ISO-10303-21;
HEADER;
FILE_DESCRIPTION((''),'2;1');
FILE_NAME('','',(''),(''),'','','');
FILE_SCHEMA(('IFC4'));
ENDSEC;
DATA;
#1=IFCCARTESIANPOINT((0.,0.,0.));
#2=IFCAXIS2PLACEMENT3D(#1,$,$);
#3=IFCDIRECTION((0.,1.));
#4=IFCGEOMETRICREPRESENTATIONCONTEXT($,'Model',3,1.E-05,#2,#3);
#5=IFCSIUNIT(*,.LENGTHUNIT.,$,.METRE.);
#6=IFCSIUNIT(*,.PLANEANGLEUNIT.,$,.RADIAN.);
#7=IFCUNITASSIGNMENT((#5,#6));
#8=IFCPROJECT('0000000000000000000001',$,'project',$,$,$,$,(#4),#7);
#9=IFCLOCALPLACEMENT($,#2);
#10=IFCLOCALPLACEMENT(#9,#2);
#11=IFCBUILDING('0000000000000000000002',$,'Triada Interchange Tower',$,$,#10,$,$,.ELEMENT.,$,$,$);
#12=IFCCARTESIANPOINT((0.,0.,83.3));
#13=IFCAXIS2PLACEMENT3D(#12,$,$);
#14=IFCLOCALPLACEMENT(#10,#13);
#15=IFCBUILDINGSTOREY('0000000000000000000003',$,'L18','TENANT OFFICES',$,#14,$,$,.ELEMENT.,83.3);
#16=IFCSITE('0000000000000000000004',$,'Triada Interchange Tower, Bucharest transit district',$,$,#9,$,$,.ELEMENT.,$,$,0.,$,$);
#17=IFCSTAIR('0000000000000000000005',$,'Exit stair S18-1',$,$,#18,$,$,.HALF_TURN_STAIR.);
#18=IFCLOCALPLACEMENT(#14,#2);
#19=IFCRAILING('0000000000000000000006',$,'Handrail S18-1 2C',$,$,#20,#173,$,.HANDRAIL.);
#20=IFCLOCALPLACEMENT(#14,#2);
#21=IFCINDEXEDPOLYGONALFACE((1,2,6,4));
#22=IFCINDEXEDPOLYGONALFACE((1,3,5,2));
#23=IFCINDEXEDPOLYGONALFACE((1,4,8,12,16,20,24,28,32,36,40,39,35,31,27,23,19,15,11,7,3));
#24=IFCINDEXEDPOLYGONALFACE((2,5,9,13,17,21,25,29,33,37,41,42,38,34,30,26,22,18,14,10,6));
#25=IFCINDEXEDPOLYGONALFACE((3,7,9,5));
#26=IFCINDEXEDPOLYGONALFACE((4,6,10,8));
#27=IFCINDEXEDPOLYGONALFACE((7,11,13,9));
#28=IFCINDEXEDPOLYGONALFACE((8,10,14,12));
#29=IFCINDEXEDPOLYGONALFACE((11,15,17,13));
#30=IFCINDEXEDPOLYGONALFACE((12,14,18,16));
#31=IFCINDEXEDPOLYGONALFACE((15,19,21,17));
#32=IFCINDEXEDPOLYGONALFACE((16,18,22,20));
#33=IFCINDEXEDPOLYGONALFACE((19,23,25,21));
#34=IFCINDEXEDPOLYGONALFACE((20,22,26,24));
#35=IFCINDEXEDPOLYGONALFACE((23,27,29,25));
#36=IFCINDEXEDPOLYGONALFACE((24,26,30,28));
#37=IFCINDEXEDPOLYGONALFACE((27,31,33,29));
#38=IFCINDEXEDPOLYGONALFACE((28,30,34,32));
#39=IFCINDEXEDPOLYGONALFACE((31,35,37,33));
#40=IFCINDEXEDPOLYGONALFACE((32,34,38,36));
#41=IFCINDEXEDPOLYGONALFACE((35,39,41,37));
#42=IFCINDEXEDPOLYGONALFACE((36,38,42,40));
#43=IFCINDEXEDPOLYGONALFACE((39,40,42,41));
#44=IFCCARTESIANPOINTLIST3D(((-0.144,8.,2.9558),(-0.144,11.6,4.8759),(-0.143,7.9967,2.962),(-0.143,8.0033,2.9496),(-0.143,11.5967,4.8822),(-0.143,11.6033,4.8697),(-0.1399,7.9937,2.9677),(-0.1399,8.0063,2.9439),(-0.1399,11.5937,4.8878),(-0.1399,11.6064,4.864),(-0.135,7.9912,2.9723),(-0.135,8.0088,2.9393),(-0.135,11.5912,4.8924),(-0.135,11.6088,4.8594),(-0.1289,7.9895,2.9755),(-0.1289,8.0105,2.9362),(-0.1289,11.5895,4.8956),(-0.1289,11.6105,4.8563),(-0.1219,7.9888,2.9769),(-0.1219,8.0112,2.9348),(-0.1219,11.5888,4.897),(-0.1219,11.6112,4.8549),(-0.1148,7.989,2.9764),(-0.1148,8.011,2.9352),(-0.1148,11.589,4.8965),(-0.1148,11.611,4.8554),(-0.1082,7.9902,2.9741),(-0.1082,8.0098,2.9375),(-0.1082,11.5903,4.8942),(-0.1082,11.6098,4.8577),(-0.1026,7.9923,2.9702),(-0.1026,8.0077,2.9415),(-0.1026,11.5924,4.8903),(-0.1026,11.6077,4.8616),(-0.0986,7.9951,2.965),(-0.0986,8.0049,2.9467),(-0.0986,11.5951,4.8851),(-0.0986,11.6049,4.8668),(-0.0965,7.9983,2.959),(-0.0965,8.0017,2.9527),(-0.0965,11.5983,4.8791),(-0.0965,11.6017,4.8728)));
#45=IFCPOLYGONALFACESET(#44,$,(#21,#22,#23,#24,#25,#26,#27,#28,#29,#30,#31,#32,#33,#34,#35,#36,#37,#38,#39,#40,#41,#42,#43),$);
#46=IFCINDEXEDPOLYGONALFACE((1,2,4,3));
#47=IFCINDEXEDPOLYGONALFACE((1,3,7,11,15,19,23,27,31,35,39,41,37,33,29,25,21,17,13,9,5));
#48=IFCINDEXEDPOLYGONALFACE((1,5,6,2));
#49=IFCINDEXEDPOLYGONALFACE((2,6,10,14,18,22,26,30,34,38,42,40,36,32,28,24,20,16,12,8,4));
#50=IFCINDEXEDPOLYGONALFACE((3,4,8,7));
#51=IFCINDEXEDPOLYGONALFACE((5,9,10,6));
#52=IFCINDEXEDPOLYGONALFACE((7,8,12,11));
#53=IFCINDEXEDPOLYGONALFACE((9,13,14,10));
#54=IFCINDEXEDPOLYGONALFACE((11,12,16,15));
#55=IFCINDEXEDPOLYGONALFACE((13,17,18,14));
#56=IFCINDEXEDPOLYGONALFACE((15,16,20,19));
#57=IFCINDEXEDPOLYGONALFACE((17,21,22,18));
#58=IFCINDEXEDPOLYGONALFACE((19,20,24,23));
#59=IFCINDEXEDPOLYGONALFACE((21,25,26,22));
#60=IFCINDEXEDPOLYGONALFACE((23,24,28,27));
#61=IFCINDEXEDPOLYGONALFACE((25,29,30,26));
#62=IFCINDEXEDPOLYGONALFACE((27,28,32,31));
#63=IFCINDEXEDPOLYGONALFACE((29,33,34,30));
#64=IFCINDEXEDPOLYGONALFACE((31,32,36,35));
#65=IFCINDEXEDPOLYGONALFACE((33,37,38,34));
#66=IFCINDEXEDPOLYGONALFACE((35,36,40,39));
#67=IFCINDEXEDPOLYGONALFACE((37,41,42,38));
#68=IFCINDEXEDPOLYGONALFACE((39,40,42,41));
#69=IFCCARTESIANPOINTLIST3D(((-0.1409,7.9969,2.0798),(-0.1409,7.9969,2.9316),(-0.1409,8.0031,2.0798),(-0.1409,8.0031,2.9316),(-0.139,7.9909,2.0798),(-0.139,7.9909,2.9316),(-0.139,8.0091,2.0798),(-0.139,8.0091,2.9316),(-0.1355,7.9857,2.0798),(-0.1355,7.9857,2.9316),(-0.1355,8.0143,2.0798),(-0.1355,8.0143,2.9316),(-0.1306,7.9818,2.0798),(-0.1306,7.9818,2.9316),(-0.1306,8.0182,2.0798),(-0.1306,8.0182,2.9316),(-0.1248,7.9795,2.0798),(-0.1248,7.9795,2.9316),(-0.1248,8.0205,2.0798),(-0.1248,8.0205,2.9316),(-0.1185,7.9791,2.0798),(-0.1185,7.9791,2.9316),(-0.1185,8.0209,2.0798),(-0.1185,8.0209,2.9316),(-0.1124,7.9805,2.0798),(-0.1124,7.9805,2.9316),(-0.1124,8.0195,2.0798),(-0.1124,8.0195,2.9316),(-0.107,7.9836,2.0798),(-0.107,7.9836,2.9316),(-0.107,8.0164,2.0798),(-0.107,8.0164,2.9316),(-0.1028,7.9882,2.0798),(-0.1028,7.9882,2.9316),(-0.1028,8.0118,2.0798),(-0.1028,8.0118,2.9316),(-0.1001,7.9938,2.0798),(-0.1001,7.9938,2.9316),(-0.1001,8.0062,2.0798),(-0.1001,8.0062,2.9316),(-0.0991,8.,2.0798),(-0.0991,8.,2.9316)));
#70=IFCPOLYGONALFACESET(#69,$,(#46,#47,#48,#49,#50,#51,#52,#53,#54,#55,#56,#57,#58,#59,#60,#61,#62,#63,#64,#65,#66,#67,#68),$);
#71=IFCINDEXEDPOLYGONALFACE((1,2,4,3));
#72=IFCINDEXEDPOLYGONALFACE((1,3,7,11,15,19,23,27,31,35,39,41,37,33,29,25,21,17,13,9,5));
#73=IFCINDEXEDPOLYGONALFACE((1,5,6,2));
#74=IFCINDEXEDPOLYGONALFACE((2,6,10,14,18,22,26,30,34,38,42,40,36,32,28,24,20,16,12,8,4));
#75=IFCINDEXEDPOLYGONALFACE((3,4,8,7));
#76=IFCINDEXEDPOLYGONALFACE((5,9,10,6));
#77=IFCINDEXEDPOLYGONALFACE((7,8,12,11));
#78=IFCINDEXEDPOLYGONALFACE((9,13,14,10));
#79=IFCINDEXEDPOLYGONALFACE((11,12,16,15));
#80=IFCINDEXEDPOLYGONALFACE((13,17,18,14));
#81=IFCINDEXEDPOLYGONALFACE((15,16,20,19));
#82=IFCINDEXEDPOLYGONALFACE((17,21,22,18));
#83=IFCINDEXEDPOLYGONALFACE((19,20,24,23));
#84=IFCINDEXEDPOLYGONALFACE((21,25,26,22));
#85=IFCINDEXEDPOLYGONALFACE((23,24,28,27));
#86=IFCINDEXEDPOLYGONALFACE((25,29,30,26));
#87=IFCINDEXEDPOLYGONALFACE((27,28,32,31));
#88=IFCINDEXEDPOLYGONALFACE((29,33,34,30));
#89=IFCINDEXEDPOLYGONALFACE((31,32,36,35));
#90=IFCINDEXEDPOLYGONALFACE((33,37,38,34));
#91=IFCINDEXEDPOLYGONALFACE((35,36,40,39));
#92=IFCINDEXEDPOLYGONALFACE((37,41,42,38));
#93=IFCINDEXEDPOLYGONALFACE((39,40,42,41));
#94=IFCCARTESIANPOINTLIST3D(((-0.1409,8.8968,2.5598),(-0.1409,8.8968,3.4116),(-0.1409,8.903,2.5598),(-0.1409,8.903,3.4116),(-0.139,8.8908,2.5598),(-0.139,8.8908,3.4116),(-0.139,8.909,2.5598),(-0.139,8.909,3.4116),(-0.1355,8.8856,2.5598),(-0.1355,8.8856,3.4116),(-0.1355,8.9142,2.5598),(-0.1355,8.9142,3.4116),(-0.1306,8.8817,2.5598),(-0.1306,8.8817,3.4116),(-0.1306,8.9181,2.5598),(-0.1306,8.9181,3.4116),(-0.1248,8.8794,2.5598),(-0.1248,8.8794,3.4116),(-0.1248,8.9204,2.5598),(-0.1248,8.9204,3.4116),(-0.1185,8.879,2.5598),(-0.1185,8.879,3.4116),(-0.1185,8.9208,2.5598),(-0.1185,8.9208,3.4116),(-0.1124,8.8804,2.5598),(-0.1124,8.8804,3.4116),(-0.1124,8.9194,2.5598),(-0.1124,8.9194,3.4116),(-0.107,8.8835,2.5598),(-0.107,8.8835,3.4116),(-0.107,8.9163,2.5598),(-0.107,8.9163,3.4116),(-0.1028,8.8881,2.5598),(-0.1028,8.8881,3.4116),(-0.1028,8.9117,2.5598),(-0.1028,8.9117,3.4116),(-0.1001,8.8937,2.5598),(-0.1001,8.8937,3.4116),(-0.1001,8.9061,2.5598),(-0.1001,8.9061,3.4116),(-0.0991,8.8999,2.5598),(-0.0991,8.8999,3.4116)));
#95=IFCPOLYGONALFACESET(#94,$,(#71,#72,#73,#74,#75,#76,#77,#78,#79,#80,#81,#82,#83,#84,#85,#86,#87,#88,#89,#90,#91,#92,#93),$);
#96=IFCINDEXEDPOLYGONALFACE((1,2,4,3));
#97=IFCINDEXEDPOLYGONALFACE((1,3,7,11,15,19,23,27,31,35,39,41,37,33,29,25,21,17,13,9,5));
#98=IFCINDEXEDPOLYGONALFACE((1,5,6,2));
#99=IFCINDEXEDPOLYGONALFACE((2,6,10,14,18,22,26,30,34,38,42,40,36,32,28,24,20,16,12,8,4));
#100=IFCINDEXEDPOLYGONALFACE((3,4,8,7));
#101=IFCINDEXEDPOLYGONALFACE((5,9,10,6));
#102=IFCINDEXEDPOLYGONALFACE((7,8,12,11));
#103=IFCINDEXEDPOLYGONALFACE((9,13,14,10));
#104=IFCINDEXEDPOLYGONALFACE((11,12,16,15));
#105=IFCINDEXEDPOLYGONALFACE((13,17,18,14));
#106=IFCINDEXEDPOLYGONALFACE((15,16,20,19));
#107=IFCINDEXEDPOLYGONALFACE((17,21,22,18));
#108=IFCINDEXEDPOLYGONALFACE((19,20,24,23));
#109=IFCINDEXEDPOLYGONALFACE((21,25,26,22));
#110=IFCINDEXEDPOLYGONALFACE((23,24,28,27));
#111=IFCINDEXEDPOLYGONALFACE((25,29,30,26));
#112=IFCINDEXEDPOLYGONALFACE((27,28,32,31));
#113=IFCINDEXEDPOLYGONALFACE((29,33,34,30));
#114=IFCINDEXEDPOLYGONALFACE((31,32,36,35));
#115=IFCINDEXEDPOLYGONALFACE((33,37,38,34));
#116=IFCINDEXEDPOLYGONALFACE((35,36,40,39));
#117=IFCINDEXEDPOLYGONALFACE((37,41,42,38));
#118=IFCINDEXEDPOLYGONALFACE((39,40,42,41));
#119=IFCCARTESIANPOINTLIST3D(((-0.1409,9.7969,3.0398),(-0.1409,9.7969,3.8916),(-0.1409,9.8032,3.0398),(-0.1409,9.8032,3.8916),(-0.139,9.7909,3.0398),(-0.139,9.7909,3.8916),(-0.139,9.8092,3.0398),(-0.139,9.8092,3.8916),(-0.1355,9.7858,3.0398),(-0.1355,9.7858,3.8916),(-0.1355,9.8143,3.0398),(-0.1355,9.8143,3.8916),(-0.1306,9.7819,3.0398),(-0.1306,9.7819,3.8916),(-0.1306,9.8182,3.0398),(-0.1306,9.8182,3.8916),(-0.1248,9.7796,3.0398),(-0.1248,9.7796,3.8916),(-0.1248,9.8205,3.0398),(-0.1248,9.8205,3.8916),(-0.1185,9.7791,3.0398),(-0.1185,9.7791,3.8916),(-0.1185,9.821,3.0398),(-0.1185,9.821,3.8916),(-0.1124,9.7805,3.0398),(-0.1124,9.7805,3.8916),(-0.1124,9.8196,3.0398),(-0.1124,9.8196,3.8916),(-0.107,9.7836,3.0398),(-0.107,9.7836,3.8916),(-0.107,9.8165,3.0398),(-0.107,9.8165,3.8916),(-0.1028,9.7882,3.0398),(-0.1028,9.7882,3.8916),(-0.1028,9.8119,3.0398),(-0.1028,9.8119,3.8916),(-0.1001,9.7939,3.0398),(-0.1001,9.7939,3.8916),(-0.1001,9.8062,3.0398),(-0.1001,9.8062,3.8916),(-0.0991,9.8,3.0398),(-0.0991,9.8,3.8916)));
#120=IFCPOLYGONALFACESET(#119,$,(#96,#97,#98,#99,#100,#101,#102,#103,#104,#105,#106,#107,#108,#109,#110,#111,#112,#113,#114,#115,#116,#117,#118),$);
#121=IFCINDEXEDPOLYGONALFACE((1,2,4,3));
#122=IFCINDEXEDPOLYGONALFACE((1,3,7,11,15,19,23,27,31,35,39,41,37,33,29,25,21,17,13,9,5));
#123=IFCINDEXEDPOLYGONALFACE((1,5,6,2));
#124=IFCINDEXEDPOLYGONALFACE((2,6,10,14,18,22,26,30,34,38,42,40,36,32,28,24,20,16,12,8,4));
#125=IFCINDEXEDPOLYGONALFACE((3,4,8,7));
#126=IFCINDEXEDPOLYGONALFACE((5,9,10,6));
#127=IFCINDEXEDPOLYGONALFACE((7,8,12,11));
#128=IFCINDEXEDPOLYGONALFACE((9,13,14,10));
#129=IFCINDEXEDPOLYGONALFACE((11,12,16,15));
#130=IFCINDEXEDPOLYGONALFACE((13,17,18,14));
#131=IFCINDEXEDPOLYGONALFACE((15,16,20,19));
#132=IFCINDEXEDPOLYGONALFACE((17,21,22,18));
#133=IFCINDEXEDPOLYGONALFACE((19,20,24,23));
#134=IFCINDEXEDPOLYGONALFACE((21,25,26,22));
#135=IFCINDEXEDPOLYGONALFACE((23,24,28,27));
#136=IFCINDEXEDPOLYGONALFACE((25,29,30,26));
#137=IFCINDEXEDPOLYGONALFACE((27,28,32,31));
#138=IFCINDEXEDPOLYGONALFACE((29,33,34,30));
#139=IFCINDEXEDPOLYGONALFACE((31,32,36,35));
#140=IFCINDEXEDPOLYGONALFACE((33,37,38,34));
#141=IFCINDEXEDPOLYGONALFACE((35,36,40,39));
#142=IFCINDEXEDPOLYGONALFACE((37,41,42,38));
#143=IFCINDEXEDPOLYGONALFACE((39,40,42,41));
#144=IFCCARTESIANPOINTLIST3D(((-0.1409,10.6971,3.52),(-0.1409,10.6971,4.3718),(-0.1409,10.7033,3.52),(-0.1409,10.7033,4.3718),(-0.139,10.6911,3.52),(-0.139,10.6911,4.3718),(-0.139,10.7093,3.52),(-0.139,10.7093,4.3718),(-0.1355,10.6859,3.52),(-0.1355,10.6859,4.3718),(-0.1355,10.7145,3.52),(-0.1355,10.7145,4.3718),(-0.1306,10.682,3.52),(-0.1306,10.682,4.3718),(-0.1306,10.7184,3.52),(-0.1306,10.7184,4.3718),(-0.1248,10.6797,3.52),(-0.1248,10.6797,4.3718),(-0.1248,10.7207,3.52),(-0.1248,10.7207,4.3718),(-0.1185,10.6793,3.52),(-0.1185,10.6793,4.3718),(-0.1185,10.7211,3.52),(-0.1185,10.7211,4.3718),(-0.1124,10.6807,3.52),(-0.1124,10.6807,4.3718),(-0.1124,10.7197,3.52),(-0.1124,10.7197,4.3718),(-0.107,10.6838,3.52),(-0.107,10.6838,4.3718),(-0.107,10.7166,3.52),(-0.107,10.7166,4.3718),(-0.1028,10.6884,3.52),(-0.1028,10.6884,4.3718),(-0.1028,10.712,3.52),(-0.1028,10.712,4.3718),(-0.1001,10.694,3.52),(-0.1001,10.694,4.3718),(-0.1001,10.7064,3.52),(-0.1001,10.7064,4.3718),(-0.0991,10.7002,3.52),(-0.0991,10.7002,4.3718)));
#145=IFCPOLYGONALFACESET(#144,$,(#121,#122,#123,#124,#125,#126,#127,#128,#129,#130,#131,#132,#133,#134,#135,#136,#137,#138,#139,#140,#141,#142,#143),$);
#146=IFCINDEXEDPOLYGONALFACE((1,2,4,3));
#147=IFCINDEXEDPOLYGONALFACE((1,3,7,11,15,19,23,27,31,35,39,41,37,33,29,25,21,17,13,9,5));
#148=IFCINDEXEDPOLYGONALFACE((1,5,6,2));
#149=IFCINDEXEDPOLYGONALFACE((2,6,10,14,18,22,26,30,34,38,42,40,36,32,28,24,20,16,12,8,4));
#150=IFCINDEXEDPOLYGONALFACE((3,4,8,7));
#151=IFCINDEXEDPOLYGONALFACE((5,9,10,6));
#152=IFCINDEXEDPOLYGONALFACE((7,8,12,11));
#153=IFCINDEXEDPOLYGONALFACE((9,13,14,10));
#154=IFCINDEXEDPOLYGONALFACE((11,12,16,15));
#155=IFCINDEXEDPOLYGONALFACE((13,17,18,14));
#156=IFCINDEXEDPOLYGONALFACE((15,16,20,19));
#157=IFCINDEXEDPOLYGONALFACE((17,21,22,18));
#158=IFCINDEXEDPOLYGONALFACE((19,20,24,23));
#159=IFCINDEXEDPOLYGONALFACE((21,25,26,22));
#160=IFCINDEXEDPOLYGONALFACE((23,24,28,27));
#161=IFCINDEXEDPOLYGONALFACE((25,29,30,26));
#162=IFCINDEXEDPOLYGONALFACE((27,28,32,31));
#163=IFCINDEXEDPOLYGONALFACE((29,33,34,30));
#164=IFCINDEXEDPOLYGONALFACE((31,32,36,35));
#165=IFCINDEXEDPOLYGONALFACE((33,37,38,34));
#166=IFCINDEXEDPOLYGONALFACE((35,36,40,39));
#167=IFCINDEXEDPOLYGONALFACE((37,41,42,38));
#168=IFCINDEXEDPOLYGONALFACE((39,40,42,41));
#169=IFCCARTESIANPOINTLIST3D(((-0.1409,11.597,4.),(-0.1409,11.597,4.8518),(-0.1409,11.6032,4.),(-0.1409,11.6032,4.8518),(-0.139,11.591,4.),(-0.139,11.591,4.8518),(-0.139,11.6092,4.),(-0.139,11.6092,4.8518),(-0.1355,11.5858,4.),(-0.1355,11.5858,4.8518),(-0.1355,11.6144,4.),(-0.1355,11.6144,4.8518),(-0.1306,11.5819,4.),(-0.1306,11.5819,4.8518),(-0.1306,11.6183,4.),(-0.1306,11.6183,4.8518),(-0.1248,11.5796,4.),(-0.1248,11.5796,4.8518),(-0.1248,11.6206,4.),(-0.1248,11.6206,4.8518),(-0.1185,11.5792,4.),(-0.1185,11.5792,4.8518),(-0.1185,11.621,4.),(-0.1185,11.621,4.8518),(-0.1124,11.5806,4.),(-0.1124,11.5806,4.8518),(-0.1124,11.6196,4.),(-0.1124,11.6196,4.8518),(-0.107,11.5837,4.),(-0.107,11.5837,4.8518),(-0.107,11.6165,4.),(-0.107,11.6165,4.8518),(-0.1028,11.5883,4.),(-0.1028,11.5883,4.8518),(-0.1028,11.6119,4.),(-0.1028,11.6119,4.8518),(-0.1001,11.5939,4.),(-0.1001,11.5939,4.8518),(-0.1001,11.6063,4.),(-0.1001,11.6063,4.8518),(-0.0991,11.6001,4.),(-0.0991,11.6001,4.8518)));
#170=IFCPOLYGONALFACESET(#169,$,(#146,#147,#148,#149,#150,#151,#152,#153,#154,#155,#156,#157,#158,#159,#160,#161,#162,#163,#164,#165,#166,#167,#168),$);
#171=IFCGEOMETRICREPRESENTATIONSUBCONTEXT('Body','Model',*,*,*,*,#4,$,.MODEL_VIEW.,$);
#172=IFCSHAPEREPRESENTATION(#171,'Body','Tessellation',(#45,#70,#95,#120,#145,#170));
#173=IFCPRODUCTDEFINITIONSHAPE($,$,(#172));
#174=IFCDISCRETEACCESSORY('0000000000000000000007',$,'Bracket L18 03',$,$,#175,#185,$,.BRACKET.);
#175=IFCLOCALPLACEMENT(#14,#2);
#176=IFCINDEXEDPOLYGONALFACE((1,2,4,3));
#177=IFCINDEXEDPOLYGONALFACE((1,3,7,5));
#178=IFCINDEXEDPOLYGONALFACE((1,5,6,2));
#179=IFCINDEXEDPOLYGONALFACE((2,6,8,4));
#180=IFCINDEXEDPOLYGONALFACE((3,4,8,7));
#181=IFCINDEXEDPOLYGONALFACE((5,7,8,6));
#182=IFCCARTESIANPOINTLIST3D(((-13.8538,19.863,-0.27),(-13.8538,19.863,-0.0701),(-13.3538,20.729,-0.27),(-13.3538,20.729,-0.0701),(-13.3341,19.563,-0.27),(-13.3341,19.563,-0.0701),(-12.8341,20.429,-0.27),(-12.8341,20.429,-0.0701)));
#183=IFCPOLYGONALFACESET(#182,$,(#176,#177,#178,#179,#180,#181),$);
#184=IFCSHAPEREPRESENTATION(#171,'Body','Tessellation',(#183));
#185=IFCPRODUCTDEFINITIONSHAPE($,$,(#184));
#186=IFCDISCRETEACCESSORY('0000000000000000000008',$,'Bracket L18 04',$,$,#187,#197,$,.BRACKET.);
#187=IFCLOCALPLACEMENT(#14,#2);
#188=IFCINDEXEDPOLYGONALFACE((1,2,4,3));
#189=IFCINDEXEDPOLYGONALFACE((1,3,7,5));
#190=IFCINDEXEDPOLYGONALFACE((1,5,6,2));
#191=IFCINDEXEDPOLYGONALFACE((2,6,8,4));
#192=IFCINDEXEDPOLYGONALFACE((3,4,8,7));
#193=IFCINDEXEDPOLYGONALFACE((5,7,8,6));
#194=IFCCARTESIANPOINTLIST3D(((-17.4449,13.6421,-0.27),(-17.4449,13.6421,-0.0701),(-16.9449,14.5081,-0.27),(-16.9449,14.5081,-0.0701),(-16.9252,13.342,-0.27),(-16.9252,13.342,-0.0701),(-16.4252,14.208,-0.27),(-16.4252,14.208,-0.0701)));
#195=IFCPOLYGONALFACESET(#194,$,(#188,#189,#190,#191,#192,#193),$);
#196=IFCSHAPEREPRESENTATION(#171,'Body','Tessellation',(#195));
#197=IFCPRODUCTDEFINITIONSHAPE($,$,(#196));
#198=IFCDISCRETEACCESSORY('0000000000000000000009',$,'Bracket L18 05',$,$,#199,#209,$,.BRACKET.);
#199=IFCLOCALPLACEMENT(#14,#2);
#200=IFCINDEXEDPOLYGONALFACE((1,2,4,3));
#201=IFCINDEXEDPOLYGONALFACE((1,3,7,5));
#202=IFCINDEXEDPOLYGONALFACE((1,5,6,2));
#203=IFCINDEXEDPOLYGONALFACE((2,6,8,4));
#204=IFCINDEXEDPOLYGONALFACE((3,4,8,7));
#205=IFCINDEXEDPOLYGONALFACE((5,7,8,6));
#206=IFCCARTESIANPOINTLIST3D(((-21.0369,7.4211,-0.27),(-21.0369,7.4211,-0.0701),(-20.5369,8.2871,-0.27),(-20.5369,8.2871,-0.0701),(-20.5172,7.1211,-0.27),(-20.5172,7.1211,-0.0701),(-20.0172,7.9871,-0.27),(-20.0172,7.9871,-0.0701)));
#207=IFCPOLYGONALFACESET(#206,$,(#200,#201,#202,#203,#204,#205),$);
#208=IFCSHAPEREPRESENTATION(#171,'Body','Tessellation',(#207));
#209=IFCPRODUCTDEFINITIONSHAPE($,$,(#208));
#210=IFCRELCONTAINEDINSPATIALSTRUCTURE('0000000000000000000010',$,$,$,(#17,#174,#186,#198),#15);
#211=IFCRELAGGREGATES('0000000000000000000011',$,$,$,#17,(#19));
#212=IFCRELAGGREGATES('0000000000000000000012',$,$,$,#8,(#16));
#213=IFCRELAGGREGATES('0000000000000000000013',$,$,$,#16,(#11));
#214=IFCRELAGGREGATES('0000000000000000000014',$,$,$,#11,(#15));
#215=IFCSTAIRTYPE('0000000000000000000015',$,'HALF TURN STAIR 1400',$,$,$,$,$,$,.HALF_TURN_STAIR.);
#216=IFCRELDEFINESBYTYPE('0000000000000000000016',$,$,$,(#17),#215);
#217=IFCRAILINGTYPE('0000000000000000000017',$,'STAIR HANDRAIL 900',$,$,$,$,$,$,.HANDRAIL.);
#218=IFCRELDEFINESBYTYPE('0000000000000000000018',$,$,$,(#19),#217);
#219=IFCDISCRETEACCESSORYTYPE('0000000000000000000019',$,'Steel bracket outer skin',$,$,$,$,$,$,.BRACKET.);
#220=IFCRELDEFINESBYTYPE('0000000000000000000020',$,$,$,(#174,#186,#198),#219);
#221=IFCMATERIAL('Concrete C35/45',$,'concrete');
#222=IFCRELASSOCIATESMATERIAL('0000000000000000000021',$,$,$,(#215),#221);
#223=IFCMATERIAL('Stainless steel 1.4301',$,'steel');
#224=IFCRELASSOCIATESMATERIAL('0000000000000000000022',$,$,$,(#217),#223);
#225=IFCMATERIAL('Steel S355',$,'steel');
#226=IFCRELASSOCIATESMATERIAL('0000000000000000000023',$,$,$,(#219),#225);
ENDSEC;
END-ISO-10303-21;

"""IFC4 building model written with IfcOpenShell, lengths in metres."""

from ifc_helpers import new_model, si_unit, direction, frame, origin, origin_2d, place, context, subcontext, project, spatial, rectangle, circle, extrude, material, type_object, element, aggregate, save


model = new_model("IFC4")

# Units and contexts
model_context = context("Model", 3, precision=1e-05, world=origin(), true_north=direction((0.0, 1.0)))
body_context = subcontext(model_context, "Body", "Model", "MODEL_VIEW")
ifc_project = project(units=[si_unit("LENGTHUNIT", "METRE"), si_unit("PLANEANGLEUNIT", "RADIAN")], contexts=[model_context])

# Site, building, storey
site_placement = place(None, origin())
site = spatial("IfcSite", under=ifc_project, at=site_placement, Name="Triada Interchange Tower, Bucharest transit district", CompositionType="ELEMENT", RefElevation=0.0)
building_placement = place(site_placement, origin())
building = spatial("IfcBuilding", under=site, at=building_placement, Name="Triada Interchange Tower", CompositionType="ELEMENT")
storey_placement = place(building_placement, frame((0.0, 0.0, 83.3)))
storey = spatial("IfcBuildingStorey", under=building, at=storey_placement, Name="L18", Description="TENANT OFFICES", CompositionType="ELEMENT", Elevation=83.3)

# Stair
ifc_material_1 = material(Name="Concrete C35/45", Category="concrete")
stair_type = type_object("IfcStairType", Name="HALF TURN STAIR 1400", PredefinedType="HALF_TURN_STAIR", material=ifc_material_1)
stair_placement = place(storey_placement, origin())
stair = element("IfcStair", 1, at=stair_placement, inside=storey, type_object=stair_type, Name="Exit stair S18-1", PredefinedType="HALF_TURN_STAIR")

# Railing
ifc_material_2 = material(Name="Stainless steel 1.4301", Category="steel")
railing_type = type_object("IfcRailingType", Name="STAIR HANDRAIL 900", PredefinedType="HANDRAIL", material=ifc_material_2)
railing_1_placement = place(storey_placement, frame((-0.1201, 8.0, 2.0798)))
railing_1 = element("IfcRailing", 2, at=railing_1_placement, type_object=railing_type, Name="Handrail S18-1 2C", PredefinedType="HANDRAIL", context=body_context, shape_type="SweptSolid", body=[
    extrude(circle(Radius=0.0239, at=origin_2d()), frame((0.0, 0.0, 0.876), z_axis=(0.0, 0.882341, 0.47061), x_axis=(-1.0, 0.0, 0.0)), (0.0, 0.0, 1.0), 4.0801),
    extrude(circle(Radius=0.021, at=origin_2d()), origin(), (0.0, 0.0, 1.0), 0.8518),
    extrude(circle(Radius=0.021, at=origin_2d()), frame((0.0, 0.8999, 0.48)), (0.0, 0.0, 1.0), 0.8518),
    extrude(circle(Radius=0.021, at=origin_2d()), frame((0.0, 1.8, 0.96)), (0.0, 0.0, 1.0), 0.8518),
    extrude(circle(Radius=0.021, at=origin_2d()), frame((0.0, 2.7002, 1.4402)), (0.0, 0.0, 1.0), 0.8518),
    extrude(circle(Radius=0.021, at=origin_2d()), frame((0.0, 3.6001, 1.9202)), (0.0, 0.0, 1.0), 0.8518),
])
aggregate(stair, [railing_1])

# Discrete accessories
ifc_material_3 = material(Name="Steel S355", Category="steel")
discrete_accessory_type = type_object("IfcDiscreteAccessoryType", Name="Steel bracket outer skin", PredefinedType="BRACKET", material=ifc_material_3)
for number, where, z_axis, x_axis, name in (
    (3, (-13.344, 20.146, -0.27), (0.0, 0.0, 1.0), (-0.866025, 0.5, 0.0), "Bracket L18 03"),
    (4, (-16.9351, 13.925, -0.27), (0.0, 0.0, 1.0), (-0.866025, 0.5, 0.0), "Bracket L18 04"),
    (5, (-20.5271, 7.7041, -0.27), (0.0, 0.0, 1.0), (-0.866025, 0.5, 0.0), "Bracket L18 05"),
):
    element("IfcDiscreteAccessory", number, at=place(storey_placement, frame(where, z_axis=z_axis, x_axis=x_axis)), inside=storey, type_object=discrete_accessory_type, Name=name, PredefinedType="BRACKET", context=body_context, shape_type="SweptSolid", body=[
        extrude(rectangle(XDim=0.6001, YDim=1.0, at=origin_2d()), origin(), (0.0, 0.0, 1.0), 0.2),
    ])

save(model, "model.ifc")
